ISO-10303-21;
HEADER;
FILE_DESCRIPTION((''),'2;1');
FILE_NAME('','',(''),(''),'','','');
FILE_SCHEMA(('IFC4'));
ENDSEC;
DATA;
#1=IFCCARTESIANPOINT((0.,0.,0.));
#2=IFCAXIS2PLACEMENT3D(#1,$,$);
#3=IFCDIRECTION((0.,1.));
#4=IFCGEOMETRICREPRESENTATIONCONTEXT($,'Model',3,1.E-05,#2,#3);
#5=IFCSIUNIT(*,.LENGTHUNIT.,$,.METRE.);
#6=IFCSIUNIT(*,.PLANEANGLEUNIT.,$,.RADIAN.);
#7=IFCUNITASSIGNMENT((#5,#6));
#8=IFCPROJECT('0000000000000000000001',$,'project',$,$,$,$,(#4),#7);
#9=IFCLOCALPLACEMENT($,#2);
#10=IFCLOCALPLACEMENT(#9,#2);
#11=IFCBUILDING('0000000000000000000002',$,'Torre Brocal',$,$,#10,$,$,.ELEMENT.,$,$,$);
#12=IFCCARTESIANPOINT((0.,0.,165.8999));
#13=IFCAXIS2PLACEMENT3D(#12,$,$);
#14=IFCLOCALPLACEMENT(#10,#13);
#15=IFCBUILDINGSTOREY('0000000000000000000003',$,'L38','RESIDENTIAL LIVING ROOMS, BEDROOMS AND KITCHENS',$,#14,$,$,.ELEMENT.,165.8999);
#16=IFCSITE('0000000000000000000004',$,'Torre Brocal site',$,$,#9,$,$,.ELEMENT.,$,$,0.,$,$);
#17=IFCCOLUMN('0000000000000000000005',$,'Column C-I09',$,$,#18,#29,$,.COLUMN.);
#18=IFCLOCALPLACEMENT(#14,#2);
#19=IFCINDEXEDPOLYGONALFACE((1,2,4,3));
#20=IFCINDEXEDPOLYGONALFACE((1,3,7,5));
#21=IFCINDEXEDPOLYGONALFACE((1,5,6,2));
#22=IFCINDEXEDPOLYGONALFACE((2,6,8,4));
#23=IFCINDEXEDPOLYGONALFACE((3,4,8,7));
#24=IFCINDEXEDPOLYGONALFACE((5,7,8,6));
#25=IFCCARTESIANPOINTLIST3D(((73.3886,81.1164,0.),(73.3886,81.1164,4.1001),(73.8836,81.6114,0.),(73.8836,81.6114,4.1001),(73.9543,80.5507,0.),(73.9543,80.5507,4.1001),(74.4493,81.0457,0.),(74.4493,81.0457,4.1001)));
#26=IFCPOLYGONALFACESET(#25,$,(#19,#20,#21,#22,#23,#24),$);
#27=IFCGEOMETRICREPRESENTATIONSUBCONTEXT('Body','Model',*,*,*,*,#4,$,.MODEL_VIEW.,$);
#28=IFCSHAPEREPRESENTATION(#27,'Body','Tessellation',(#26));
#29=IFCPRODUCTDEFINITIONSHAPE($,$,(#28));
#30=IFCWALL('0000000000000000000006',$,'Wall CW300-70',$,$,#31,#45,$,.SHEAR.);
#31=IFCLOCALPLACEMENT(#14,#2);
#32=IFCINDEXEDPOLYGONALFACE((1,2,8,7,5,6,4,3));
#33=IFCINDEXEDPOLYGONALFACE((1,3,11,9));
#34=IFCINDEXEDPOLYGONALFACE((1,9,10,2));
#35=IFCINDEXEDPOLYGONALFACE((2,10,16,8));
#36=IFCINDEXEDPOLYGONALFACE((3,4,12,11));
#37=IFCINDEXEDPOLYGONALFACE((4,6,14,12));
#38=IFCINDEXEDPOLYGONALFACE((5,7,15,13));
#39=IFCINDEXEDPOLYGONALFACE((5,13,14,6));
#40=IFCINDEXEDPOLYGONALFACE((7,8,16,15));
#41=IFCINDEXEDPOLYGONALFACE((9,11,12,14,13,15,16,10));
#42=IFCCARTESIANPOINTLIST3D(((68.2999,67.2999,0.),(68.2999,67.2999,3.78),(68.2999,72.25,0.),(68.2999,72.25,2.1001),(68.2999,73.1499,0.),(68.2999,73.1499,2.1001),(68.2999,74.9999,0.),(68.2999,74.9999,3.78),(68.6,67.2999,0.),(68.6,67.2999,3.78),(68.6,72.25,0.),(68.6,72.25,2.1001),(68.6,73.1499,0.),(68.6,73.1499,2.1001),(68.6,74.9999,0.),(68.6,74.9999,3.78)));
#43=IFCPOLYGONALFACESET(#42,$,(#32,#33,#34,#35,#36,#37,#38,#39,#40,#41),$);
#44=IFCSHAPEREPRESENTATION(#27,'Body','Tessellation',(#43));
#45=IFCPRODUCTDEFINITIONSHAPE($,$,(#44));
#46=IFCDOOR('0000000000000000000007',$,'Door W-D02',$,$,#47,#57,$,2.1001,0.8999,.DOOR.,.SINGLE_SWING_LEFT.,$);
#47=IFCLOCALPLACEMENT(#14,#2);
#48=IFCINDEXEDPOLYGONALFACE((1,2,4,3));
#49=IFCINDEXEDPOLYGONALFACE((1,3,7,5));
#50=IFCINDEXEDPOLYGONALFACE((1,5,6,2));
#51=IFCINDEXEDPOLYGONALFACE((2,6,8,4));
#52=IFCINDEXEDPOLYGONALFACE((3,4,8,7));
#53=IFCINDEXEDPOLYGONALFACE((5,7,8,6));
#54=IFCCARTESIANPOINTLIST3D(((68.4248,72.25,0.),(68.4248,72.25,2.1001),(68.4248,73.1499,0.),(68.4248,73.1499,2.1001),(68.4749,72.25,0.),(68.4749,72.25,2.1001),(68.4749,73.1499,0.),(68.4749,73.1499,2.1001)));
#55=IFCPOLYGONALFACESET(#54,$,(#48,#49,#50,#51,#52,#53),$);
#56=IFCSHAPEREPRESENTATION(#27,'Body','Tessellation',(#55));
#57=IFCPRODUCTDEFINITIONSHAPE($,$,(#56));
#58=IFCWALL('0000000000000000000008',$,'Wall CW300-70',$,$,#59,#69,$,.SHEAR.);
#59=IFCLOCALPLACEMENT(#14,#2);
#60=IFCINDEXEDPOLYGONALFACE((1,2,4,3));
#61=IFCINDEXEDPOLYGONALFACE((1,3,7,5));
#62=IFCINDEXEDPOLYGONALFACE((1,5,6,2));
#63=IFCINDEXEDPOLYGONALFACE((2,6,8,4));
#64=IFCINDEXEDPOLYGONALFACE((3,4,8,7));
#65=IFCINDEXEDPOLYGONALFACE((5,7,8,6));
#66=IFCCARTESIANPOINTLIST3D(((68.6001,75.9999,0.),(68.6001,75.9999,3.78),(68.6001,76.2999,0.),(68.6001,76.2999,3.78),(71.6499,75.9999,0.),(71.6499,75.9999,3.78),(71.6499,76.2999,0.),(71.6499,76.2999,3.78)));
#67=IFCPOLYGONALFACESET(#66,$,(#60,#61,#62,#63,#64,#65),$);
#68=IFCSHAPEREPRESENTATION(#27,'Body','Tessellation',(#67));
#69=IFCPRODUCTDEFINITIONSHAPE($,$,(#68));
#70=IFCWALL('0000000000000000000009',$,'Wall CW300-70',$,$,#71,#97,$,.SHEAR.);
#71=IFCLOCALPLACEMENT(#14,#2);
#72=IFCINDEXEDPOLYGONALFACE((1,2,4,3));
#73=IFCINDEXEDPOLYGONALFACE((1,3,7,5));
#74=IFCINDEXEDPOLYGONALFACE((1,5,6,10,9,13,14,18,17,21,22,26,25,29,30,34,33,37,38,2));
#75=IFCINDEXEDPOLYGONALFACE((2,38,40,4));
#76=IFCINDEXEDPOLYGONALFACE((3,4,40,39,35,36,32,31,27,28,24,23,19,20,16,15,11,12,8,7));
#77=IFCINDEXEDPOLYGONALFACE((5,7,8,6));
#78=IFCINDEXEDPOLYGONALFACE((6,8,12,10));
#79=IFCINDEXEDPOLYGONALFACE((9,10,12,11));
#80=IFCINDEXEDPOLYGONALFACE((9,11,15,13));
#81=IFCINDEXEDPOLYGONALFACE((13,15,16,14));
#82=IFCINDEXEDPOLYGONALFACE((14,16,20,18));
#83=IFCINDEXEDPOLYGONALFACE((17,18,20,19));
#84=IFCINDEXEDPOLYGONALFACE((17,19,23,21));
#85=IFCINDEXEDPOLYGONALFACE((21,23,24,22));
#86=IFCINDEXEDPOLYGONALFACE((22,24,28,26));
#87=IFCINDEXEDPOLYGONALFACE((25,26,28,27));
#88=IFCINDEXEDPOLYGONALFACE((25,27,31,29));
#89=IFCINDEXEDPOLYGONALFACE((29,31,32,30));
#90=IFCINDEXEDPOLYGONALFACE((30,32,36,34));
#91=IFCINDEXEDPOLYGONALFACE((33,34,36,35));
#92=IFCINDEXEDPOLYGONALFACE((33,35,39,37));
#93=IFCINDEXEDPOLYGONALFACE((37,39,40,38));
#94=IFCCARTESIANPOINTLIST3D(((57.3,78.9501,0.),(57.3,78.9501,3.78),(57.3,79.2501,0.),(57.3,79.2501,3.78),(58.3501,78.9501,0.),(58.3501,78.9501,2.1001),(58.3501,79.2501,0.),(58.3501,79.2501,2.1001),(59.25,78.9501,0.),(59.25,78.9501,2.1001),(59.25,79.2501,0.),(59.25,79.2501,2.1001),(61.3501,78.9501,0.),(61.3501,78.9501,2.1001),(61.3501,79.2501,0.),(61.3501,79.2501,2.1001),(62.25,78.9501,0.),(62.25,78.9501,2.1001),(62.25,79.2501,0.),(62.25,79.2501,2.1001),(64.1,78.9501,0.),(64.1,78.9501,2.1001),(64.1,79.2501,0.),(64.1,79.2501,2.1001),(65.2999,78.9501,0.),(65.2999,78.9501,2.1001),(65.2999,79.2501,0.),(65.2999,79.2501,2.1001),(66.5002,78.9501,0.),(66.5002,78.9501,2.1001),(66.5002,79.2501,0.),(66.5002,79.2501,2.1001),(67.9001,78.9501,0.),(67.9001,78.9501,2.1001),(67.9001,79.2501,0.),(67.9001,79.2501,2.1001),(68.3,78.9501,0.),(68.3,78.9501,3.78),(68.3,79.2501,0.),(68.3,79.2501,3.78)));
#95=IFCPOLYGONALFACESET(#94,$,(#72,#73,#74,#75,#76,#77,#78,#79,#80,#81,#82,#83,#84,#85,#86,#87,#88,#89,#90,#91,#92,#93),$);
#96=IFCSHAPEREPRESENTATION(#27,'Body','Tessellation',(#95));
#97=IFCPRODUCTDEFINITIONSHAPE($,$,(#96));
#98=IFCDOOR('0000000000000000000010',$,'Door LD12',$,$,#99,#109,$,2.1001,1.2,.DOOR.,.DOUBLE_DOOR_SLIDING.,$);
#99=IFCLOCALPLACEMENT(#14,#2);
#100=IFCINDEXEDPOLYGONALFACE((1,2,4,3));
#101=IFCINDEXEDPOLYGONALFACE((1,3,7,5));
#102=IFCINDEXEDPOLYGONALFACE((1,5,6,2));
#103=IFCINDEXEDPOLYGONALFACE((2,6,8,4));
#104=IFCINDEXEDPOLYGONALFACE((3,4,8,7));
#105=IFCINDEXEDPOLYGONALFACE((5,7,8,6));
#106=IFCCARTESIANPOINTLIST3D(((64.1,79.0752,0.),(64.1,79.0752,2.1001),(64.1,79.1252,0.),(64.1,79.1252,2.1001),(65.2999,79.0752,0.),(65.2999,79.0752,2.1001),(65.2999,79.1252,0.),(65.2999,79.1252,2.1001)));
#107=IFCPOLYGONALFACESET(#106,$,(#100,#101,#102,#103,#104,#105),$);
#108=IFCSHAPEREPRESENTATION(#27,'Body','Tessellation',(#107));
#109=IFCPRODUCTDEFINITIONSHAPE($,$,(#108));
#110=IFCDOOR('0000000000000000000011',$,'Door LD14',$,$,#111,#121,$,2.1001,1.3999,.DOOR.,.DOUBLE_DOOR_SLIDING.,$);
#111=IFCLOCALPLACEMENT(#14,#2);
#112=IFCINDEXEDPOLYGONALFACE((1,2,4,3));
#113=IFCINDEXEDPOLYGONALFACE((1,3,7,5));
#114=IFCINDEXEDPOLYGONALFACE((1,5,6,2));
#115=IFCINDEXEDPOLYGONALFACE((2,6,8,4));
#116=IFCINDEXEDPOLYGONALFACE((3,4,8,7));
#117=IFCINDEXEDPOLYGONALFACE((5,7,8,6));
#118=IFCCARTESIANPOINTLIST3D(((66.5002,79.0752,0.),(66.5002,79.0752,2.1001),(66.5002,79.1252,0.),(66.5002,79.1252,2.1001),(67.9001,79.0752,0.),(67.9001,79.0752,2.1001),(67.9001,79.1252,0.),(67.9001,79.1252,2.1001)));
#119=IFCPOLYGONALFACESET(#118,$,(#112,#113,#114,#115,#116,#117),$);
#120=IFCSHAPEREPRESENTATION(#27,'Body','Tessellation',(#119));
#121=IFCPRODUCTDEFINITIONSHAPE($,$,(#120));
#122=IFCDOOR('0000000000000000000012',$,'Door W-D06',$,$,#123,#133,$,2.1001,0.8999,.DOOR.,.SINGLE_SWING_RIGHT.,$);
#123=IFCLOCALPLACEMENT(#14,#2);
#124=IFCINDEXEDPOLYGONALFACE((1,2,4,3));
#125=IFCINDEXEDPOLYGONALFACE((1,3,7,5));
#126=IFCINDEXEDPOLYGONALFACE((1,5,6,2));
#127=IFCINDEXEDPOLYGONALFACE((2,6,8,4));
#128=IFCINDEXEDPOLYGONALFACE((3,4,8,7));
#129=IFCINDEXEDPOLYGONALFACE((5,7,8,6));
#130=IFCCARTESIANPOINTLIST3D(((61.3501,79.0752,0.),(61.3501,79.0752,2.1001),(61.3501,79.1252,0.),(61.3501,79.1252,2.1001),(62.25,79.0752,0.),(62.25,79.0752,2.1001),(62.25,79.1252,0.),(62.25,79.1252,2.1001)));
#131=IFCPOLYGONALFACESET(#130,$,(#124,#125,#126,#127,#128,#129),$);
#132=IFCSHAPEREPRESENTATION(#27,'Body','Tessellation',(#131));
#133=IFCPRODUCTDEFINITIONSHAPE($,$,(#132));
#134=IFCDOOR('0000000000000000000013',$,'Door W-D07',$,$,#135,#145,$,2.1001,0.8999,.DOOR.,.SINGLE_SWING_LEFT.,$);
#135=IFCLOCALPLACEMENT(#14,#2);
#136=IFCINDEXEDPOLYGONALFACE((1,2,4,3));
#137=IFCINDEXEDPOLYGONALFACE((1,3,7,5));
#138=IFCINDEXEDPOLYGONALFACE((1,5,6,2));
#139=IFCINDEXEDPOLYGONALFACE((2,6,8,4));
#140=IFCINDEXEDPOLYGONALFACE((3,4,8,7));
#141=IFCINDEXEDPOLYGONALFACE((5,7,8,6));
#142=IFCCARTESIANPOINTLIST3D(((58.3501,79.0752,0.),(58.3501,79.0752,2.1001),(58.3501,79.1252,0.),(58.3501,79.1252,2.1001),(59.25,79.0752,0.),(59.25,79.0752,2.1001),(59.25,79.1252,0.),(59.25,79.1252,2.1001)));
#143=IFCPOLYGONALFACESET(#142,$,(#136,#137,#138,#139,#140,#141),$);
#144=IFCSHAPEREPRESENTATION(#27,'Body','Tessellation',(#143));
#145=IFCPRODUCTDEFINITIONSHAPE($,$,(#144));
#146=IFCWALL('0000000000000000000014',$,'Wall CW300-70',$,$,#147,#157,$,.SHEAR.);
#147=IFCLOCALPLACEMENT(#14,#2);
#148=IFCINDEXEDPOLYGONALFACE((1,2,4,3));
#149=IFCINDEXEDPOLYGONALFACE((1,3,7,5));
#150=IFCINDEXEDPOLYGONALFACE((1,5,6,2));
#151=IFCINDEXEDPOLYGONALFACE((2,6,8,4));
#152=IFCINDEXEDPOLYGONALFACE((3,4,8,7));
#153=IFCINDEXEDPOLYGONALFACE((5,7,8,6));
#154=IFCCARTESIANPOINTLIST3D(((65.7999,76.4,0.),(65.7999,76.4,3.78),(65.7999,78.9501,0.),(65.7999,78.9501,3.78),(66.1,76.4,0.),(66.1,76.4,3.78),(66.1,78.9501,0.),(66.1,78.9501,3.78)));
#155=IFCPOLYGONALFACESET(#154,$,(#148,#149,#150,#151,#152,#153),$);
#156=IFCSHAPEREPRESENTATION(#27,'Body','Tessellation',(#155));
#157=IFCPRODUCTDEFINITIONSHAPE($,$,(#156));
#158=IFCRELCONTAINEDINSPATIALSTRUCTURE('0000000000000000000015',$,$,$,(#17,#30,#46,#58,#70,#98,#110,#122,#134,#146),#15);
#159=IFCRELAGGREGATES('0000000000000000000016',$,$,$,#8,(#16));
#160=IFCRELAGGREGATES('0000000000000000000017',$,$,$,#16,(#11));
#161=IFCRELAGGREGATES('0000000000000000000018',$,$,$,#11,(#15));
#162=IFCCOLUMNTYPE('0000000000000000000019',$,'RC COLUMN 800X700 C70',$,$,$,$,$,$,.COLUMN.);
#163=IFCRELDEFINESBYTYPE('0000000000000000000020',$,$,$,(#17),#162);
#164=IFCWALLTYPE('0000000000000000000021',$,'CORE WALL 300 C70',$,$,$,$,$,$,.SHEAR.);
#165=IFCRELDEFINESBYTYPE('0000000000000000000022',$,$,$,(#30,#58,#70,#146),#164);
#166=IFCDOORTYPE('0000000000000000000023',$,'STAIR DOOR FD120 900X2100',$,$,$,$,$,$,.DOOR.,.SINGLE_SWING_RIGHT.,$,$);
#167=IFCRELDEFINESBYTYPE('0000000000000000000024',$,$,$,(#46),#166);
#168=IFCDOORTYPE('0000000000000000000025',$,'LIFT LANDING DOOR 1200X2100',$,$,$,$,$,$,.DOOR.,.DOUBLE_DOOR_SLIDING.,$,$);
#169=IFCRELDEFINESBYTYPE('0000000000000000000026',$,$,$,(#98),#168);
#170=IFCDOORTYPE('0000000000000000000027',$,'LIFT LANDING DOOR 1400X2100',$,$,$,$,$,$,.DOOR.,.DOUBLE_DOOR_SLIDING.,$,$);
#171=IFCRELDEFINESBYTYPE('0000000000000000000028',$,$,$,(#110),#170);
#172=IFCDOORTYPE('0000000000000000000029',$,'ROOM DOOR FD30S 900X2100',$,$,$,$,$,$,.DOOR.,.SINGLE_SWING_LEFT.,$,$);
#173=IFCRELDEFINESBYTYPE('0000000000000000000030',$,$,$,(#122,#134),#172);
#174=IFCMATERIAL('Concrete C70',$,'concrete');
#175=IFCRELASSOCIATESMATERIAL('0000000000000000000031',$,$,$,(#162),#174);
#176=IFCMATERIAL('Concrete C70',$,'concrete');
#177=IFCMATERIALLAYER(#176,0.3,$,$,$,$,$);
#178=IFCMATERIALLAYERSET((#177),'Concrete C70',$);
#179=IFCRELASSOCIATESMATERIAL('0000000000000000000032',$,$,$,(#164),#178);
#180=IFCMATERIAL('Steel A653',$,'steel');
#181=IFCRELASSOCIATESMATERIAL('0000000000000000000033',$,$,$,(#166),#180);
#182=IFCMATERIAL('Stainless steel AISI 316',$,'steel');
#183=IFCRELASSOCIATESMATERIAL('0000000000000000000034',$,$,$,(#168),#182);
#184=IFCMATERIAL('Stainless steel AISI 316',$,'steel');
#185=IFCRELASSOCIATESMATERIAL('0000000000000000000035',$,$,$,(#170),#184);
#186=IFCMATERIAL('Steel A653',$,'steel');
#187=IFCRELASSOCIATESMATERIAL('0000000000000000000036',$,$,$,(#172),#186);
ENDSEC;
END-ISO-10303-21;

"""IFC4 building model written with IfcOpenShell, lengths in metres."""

from ifc_helpers import new_model, si_unit, direction, frame, frame_2d, origin, origin_2d, place, context, subcontext, project, spatial, rectangle, extrude, material, layer, layer_set, material_profile, profile_set, type_object, element, fill, save


model = new_model("IFC4")

# Units and contexts
model_context = context("Model", 3, precision=1e-05, world=origin(), true_north=direction((0.0, 1.0)))
body_context = subcontext(model_context, "Body", "Model", "MODEL_VIEW")
ifc_project = project(units=[si_unit("LENGTHUNIT", "METRE"), si_unit("PLANEANGLEUNIT", "RADIAN")], contexts=[model_context])

# Site, building, storey
site_placement = place(None, origin())
site = spatial("IfcSite", under=ifc_project, at=site_placement, Name="Torre Brocal site", CompositionType="ELEMENT", RefElevation=0.0)
building_placement = place(site_placement, origin())
building = spatial("IfcBuilding", under=site, at=building_placement, Name="Torre Brocal", CompositionType="ELEMENT")
storey_placement = place(building_placement, frame((0.0, 0.0, 165.8999)))
storey = spatial("IfcBuildingStorey", under=building, at=storey_placement, Name="L38", Description="RESIDENTIAL LIVING ROOMS, BEDROOMS AND KITCHENS", CompositionType="ELEMENT", Elevation=165.8999)

# Column
ifc_material_1 = material(Name="Concrete C70", Category="concrete")
ifc_material_profile = material_profile(ifc_material_1, rectangle(XDim=0.8, YDim=0.7, at=origin_2d()), Name="RC 800X700")
ifc_profile_set = profile_set([ifc_material_profile], Name="Concrete C70")
column_type = type_object("IfcColumnType", Name="RC COLUMN 800X700 C70", PredefinedType="COLUMN", material=ifc_profile_set)
column_placement = place(storey_placement, frame((73.9189, 81.0811, 0.0), z_axis=(0.0, 0.0, 1.0), x_axis=(-0.707107, 0.707107, 0.0)))
element("IfcColumn", 1, at=column_placement, inside=storey, type_object=column_type, Name="Column C-I09", PredefinedType="COLUMN", context=body_context, shape_type="SweptSolid", body=[
    extrude(rectangle(XDim=0.8, YDim=0.7, at=origin_2d()), origin(), (0.0, 0.0, 1.0), 4.1001),
])

# Wall, opening, door
ifc_material_2 = material(Name="Concrete C70", Category="concrete")
ifc_layer_1 = layer(ifc_material_2, 0.3)
ifc_layer_set_1 = layer_set([ifc_layer_1], Name="Concrete C70")
wall_type_1 = type_object("IfcWallType", Name="CORE WALL 300 C70", PredefinedType="SHEAR", material=ifc_layer_set_1)
wall_1_placement = place(storey_placement, frame((68.45, 75.0, 0.0), z_axis=(0.0, 0.0, 1.0), x_axis=(0.0, -1.0, 0.0)))
wall_1 = element("IfcWall", 2, at=wall_1_placement, inside=storey, type_object=wall_type_1, Name="Wall CW300-70", PredefinedType="SHEAR", context=body_context, shape_type="SweptSolid", body=[
    extrude(rectangle(XDim=7.7, YDim=0.3, at=frame_2d((3.8501, 0.0))), origin(), (0.0, 0.0, 1.0), 3.78),
])
opening_1_placement = place(wall_1_placement, frame((1.8501, 0.0, 0.0)))
opening_1 = element("IfcOpeningElement", 3, at=opening_1_placement, cuts=wall_1, PredefinedType="OPENING", context=body_context, shape_type="SweptSolid", body=[
    extrude(rectangle(XDim=0.8999, YDim=2.1001, at=frame_2d((0.45, 1.05))), frame((0.0, 0.1599, 0.0), z_axis=(0.0, -1.0, 0.0), x_axis=(1.0, 0.0, 0.0)), (0.0, 0.0, 1.0), 0.3201),
])
ifc_material_3 = material(Name="Steel A653", Category="steel")
door_type_1 = type_object("IfcDoorType", Name="STAIR DOOR FD120 900X2100", OperationType="SINGLE_SWING_RIGHT", PredefinedType="DOOR", material=ifc_material_3)
door_1_placement = place(opening_1_placement, origin())
door_1 = element("IfcDoor", 4, at=door_1_placement, inside=storey, type_object=door_type_1, Name="Door W-D02", OperationType="SINGLE_SWING_LEFT", OverallHeight=2.1001, OverallWidth=0.8999, PredefinedType="DOOR", context=body_context, shape_type="SweptSolid", body=[
    extrude(rectangle(XDim=0.8999, YDim=2.1001, at=frame_2d((0.45, 1.05))), frame((0.0, 0.0249, 0.0), z_axis=(0.0, -1.0, 0.0), x_axis=(1.0, 0.0, 0.0)), (0.0, 0.0, 1.0), 0.05),
])
fill(opening_1, door_1)

# Wall
wall_2_placement = place(storey_placement, frame((71.6499, 76.1499, 0.0), z_axis=(0.0, 0.0, 1.0), x_axis=(-1.0, 0.0, 0.0)))
element("IfcWall", 5, at=wall_2_placement, inside=storey, type_object=wall_type_1, Name="Wall CW300-70", PredefinedType="SHEAR", context=body_context, shape_type="SweptSolid", body=[
    extrude(rectangle(XDim=3.0498, YDim=0.3, at=frame_2d((1.5249, 0.0))), origin(), (0.0, 0.0, 1.0), 3.78),
])

# Wall, openings, doors
wall_3_placement = place(storey_placement, frame((68.3, 79.1001, 0.0), z_axis=(0.0, 0.0, 1.0), x_axis=(-1.0, 0.0, 0.0)))
wall_3 = element("IfcWall", 6, at=wall_3_placement, inside=storey, type_object=wall_type_1, Name="Wall CW300-70", PredefinedType="SHEAR", context=body_context, shape_type="SweptSolid", body=[
    extrude(rectangle(XDim=11.0, YDim=0.3, at=frame_2d((5.5, 0.0))), origin(), (0.0, 0.0, 1.0), 3.78),
])
opening_2_placement = place(wall_3_placement, frame((0.3999, 0.0, 0.0)))
opening_2 = element("IfcOpeningElement", 7, at=opening_2_placement, cuts=wall_3, PredefinedType="OPENING", context=body_context, shape_type="SweptSolid", body=[
    extrude(rectangle(XDim=1.3999, YDim=2.1001, at=frame_2d((0.7, 1.05))), frame((0.0, 0.1599, 0.0), z_axis=(0.0, -1.0, 0.0), x_axis=(1.0, 0.0, 0.0)), (0.0, 0.0, 1.0), 0.3201),
])
opening_3_placement = place(wall_3_placement, frame((3.0, 0.0, 0.0)))
opening_3 = element("IfcOpeningElement", 8, at=opening_3_placement, cuts=wall_3, PredefinedType="OPENING", context=body_context, shape_type="SweptSolid", body=[
    extrude(rectangle(XDim=1.2, YDim=2.1001, at=frame_2d((0.6001, 1.05))), frame((0.0, 0.1599, 0.0), z_axis=(0.0, -1.0, 0.0), x_axis=(1.0, 0.0, 0.0)), (0.0, 0.0, 1.0), 0.3201),
])
opening_4_placement = place(wall_3_placement, frame((6.05, 0.0, 0.0)))
opening_4 = element("IfcOpeningElement", 9, at=opening_4_placement, cuts=wall_3, PredefinedType="OPENING", context=body_context, shape_type="SweptSolid", body=[
    extrude(rectangle(XDim=0.8999, YDim=2.1001, at=frame_2d((0.45, 1.05))), frame((0.0, 0.1599, 0.0), z_axis=(0.0, -1.0, 0.0), x_axis=(1.0, 0.0, 0.0)), (0.0, 0.0, 1.0), 0.3201),
])
opening_5_placement = place(wall_3_placement, frame((9.05, 0.0, 0.0)))
opening_5 = element("IfcOpeningElement", 10, at=opening_5_placement, cuts=wall_3, PredefinedType="OPENING", context=body_context, shape_type="SweptSolid", body=[
    extrude(rectangle(XDim=0.8999, YDim=2.1001, at=frame_2d((0.45, 1.05))), frame((0.0, 0.1599, 0.0), z_axis=(0.0, -1.0, 0.0), x_axis=(1.0, 0.0, 0.0)), (0.0, 0.0, 1.0), 0.3201),
])
ifc_material_4 = material(Name="Stainless steel AISI 316", Category="steel")
door_type_2 = type_object("IfcDoorType", Name="LIFT LANDING DOOR 1200X2100", OperationType="DOUBLE_DOOR_SLIDING", PredefinedType="DOOR", material=ifc_material_4)
door_2_placement = place(opening_3_placement, origin())
door_2 = element("IfcDoor", 11, at=door_2_placement, inside=storey, type_object=door_type_2, Name="Door LD12", OperationType="DOUBLE_DOOR_SLIDING", OverallHeight=2.1001, OverallWidth=1.2, PredefinedType="DOOR", context=body_context, shape_type="SweptSolid", body=[
    extrude(rectangle(XDim=1.2, YDim=2.1001, at=frame_2d((0.6001, 1.05))), frame((0.0, 0.0249, 0.0), z_axis=(0.0, -1.0, 0.0), x_axis=(1.0, 0.0, 0.0)), (0.0, 0.0, 1.0), 0.05),
])
fill(opening_3, door_2)
ifc_material_5 = material(Name="Stainless steel AISI 316", Category="steel")
door_type_3 = type_object("IfcDoorType", Name="LIFT LANDING DOOR 1400X2100", OperationType="DOUBLE_DOOR_SLIDING", PredefinedType="DOOR", material=ifc_material_5)
door_3_placement = place(opening_2_placement, origin())
door_3 = element("IfcDoor", 12, at=door_3_placement, inside=storey, type_object=door_type_3, Name="Door LD14", OperationType="DOUBLE_DOOR_SLIDING", OverallHeight=2.1001, OverallWidth=1.3999, PredefinedType="DOOR", context=body_context, shape_type="SweptSolid", body=[
    extrude(rectangle(XDim=1.3999, YDim=2.1001, at=frame_2d((0.7, 1.05))), frame((0.0, 0.0249, 0.0), z_axis=(0.0, -1.0, 0.0), x_axis=(1.0, 0.0, 0.0)), (0.0, 0.0, 1.0), 0.05),
])
fill(opening_2, door_3)
ifc_material_6 = material(Name="Steel A653", Category="steel")
door_type_4 = type_object("IfcDoorType", Name="ROOM DOOR FD30S 900X2100", OperationType="SINGLE_SWING_LEFT", PredefinedType="DOOR", material=ifc_material_6)
door_4_placement = place(opening_4_placement, origin())
door_4 = element("IfcDoor", 13, at=door_4_placement, inside=storey, type_object=door_type_4, Name="Door W-D06", OperationType="SINGLE_SWING_RIGHT", OverallHeight=2.1001, OverallWidth=0.8999, PredefinedType="DOOR", context=body_context, shape_type="SweptSolid", body=[
    extrude(rectangle(XDim=0.8999, YDim=2.1001, at=frame_2d((0.45, 1.05))), frame((0.0, 0.0249, 0.0), z_axis=(0.0, -1.0, 0.0), x_axis=(1.0, 0.0, 0.0)), (0.0, 0.0, 1.0), 0.05),
])
fill(opening_4, door_4)
door_5_placement = place(opening_5_placement, origin())
door_5 = element("IfcDoor", 14, at=door_5_placement, inside=storey, type_object=door_type_4, Name="Door W-D07", OperationType="SINGLE_SWING_LEFT", OverallHeight=2.1001, OverallWidth=0.8999, PredefinedType="DOOR", context=body_context, shape_type="SweptSolid", body=[
    extrude(rectangle(XDim=0.8999, YDim=2.1001, at=frame_2d((0.45, 1.05))), frame((0.0, 0.0249, 0.0), z_axis=(0.0, -1.0, 0.0), x_axis=(1.0, 0.0, 0.0)), (0.0, 0.0, 1.0), 0.05),
])
fill(opening_5, door_5)

# Wall
wall_4_placement = place(storey_placement, frame((65.95, 78.95, 0.0), z_axis=(0.0, 0.0, 1.0), x_axis=(0.0, -1.0, 0.0)))
element("IfcWall", 15, at=wall_4_placement, inside=storey, type_object=wall_type_1, Name="Wall CW300-70", PredefinedType="SHEAR", context=body_context, shape_type="SweptSolid", body=[
    extrude(rectangle(XDim=2.55, YDim=0.3, at=frame_2d((1.2749, 0.0))), origin(), (0.0, 0.0, 1.0), 3.78),
])

save(model, "model.ifc")
